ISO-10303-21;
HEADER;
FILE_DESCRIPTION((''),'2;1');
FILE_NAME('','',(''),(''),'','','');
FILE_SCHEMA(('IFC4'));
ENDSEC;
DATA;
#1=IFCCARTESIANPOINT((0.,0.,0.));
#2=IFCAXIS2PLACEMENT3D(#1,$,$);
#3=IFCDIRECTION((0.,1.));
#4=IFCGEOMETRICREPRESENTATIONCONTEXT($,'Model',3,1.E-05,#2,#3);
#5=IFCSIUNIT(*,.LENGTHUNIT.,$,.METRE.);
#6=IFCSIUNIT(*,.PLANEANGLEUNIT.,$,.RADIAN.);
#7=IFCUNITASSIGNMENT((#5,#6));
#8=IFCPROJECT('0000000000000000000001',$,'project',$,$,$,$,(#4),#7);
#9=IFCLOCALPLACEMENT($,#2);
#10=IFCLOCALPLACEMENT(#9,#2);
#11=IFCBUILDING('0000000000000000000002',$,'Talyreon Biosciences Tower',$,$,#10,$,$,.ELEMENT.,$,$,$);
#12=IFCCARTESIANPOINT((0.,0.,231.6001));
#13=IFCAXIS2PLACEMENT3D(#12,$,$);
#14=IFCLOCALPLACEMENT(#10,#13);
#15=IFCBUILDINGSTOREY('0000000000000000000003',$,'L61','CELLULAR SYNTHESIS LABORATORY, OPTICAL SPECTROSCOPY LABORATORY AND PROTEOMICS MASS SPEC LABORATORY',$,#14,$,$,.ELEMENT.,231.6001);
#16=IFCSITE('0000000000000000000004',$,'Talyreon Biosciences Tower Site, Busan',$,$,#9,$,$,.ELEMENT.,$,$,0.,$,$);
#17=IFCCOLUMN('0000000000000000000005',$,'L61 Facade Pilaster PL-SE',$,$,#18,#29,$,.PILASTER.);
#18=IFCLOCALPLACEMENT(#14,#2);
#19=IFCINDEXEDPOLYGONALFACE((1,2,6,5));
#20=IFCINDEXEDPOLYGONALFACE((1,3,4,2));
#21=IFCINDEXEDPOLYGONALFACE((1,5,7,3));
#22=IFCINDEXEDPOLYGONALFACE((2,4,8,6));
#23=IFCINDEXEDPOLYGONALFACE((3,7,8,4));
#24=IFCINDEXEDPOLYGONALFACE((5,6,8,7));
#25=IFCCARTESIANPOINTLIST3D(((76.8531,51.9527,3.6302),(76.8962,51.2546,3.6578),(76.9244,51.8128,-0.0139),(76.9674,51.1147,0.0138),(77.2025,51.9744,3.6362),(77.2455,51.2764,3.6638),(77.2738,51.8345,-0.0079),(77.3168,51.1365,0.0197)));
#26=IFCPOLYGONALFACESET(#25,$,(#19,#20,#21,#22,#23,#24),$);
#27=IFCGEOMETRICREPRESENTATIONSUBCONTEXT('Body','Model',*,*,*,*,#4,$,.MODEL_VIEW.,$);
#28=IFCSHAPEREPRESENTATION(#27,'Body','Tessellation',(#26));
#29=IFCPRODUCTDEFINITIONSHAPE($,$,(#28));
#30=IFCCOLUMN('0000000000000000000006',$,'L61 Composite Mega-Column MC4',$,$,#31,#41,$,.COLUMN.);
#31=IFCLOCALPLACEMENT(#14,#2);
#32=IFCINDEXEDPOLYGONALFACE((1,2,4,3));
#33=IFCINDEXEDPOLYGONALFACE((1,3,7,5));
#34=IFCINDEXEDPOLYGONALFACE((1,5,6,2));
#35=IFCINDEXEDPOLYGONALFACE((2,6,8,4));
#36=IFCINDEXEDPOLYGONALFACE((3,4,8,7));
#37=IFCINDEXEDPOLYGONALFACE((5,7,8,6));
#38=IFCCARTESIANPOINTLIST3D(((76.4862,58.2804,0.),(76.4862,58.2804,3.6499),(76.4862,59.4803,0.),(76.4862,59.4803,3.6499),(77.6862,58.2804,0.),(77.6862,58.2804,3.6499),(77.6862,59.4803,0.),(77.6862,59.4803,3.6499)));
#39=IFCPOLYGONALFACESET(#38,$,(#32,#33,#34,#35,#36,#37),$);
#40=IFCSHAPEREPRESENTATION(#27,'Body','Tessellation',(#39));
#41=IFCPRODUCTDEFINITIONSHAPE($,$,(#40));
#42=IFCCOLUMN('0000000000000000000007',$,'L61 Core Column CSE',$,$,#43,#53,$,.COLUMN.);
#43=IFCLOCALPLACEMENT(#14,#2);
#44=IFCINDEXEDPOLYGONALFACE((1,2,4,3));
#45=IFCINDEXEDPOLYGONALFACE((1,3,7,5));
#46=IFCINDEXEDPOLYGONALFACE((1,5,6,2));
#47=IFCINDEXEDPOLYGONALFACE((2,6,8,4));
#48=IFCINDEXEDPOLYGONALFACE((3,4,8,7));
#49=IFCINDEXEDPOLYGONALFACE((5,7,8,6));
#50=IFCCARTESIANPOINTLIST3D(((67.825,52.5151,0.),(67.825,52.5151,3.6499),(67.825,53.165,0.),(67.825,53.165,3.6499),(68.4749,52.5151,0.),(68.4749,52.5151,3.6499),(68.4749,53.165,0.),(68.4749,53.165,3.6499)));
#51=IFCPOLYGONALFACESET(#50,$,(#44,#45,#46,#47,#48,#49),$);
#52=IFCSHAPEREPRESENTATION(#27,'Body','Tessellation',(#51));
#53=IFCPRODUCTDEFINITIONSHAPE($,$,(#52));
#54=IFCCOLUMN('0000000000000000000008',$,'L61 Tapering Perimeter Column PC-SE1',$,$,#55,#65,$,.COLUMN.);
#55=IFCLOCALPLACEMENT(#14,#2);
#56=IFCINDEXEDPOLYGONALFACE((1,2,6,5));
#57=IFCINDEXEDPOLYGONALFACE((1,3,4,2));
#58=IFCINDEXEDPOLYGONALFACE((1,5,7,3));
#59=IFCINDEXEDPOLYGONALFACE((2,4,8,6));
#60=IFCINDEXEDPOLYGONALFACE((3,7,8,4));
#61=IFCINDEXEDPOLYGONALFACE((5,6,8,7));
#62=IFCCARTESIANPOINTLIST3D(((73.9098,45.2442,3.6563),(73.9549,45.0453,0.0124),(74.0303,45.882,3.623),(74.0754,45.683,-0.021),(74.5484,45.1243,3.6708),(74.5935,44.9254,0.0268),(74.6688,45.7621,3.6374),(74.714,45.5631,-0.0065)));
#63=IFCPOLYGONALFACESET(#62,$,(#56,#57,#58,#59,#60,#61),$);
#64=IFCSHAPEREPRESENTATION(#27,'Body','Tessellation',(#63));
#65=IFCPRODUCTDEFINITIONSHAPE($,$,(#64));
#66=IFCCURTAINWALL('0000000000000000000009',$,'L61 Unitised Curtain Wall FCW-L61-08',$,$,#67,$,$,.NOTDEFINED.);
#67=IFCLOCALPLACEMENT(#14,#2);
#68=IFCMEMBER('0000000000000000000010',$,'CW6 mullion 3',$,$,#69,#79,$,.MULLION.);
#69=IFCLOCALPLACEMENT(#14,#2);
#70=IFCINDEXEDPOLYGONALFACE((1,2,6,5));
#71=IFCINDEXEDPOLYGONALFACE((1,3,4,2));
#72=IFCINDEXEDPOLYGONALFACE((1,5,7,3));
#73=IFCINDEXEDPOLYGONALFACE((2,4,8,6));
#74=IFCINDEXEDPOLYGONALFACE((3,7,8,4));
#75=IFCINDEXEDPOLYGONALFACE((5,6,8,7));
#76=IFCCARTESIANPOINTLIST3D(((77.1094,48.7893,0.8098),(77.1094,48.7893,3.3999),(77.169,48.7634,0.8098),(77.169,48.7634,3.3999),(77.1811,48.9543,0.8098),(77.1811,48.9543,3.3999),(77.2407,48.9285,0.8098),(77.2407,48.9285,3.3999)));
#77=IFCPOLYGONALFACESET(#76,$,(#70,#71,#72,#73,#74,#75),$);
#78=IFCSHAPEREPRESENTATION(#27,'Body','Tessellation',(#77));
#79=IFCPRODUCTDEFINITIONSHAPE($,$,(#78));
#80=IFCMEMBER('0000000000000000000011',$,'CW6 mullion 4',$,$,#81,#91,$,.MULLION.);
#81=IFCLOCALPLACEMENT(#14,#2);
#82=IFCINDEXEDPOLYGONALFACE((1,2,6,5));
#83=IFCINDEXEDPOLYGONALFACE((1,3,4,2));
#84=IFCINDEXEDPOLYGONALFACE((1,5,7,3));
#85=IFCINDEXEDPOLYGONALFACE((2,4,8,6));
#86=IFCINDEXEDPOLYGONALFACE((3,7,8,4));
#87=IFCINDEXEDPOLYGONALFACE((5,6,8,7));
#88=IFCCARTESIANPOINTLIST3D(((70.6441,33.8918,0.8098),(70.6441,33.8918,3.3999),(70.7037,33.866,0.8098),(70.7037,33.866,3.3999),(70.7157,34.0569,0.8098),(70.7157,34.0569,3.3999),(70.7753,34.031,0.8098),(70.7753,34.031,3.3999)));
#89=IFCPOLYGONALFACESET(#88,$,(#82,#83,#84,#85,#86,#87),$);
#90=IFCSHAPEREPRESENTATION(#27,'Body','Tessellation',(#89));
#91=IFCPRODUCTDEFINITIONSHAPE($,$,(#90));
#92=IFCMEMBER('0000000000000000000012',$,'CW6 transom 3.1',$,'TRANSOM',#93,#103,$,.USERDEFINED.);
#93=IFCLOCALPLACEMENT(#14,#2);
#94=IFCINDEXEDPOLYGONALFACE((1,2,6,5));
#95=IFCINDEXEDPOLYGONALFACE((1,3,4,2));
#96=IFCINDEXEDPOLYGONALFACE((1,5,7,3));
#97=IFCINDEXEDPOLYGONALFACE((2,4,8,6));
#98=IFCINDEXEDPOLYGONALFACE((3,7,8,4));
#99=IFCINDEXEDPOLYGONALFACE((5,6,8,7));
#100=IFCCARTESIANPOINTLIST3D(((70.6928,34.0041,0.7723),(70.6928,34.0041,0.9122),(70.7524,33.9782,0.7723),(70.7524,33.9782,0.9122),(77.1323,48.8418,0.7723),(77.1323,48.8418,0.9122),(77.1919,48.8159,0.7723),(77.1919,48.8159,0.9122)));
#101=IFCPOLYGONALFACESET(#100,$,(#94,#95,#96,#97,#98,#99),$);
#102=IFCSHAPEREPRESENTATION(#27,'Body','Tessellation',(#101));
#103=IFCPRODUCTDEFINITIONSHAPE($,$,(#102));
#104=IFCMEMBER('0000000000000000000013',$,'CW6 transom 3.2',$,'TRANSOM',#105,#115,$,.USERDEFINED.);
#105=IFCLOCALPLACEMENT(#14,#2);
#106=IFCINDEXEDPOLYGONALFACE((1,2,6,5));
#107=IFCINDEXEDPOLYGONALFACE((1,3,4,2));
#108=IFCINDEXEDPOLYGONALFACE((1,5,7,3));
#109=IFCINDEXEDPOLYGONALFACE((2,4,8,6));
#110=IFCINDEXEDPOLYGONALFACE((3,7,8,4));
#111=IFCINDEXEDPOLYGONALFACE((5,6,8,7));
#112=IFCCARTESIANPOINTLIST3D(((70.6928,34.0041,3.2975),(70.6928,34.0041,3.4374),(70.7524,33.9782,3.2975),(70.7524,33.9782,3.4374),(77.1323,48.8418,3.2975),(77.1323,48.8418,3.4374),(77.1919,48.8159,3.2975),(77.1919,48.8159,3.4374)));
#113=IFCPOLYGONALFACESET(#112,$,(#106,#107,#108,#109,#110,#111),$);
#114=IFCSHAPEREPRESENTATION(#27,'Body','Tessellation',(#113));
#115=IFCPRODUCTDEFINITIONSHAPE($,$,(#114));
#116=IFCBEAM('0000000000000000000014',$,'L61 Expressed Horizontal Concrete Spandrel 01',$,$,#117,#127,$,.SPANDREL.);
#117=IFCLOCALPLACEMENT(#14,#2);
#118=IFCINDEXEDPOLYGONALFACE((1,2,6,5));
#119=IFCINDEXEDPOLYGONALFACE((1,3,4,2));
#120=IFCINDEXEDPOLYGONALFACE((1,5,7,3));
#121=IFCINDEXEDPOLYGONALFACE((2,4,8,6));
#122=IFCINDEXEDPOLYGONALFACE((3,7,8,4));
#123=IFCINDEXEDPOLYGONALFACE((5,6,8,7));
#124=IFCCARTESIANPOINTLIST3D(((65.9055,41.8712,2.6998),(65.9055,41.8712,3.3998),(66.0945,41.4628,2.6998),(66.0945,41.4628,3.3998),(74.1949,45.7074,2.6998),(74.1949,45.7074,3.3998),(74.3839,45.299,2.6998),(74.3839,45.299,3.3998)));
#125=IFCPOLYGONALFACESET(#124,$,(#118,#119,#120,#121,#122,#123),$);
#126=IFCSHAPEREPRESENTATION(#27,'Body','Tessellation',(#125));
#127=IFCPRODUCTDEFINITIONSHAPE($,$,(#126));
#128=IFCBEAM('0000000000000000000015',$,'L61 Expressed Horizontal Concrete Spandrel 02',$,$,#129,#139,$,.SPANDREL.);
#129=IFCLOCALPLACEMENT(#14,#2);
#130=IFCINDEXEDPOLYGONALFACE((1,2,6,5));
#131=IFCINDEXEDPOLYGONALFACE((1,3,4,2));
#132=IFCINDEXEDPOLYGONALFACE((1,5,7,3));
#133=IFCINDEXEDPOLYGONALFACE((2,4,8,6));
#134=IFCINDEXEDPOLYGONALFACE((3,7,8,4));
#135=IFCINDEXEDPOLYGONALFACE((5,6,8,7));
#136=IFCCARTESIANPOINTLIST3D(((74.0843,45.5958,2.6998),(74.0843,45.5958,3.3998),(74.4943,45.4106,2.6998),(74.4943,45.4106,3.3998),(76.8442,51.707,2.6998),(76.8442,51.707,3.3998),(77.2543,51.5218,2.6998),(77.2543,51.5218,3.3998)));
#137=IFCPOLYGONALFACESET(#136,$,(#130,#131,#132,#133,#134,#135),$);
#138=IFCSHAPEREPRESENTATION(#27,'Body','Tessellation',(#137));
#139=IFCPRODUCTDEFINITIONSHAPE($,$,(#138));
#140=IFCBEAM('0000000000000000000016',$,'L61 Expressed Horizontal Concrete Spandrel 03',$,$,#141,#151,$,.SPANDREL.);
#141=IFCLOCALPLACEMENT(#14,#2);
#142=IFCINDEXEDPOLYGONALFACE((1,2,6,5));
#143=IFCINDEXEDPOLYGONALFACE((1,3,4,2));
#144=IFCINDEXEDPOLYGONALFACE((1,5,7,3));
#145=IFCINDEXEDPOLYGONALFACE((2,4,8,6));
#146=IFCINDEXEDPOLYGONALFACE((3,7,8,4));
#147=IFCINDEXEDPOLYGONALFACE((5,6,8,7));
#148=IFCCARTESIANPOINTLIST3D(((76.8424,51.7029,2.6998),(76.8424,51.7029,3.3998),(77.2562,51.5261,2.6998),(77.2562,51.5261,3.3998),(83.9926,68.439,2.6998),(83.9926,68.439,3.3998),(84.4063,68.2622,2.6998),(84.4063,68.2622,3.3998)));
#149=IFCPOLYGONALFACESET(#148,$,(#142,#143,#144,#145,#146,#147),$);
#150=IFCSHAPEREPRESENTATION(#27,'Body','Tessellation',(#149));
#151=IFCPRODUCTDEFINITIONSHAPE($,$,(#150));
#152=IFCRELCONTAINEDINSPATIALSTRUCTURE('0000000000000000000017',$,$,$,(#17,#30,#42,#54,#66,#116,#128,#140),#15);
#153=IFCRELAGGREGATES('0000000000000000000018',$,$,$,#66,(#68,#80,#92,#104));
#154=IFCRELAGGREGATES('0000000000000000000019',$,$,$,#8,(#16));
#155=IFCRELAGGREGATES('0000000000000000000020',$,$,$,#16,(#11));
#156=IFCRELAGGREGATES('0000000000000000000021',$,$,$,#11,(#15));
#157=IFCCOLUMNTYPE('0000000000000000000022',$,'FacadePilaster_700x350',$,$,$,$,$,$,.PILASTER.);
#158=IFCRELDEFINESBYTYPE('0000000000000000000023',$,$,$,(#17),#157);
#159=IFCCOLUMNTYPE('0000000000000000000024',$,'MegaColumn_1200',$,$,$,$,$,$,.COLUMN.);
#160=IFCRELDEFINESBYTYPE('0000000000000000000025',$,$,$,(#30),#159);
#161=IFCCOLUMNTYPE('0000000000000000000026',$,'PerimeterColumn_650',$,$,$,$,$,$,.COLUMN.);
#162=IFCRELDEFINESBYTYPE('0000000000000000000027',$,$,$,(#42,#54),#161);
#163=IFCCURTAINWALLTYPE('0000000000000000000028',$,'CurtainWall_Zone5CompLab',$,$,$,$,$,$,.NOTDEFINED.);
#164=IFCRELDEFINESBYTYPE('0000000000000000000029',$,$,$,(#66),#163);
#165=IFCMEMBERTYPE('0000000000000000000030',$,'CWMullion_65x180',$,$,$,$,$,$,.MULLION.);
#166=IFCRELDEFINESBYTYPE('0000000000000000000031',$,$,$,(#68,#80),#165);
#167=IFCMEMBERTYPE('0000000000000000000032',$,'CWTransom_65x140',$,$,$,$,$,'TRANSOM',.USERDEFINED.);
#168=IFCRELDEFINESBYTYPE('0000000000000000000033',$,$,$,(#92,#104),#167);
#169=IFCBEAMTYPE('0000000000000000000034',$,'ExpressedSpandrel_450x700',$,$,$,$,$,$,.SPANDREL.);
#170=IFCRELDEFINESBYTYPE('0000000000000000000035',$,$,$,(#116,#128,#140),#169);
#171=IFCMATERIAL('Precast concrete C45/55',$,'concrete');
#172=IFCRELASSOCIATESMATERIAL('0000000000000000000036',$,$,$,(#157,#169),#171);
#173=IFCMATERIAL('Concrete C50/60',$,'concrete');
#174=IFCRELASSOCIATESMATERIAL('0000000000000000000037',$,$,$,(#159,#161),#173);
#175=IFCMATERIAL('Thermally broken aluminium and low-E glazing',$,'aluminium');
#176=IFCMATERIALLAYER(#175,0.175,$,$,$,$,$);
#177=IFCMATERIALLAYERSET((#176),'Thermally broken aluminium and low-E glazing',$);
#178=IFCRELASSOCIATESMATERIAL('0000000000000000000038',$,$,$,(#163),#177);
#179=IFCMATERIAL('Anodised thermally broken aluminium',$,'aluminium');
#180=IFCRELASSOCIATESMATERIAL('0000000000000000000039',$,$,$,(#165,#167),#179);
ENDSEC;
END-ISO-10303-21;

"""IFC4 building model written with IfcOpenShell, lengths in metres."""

from ifc_helpers import new_model, si_unit, direction, frame, origin, origin_2d, place, context, subcontext, project, spatial, rectangle, extrude, material, layer, layer_set, material_profile, profile_set, type_object, element, aggregate, save


model = new_model("IFC4")

# Units and contexts
model_context = context("Model", 3, precision=1e-05, world=origin(), true_north=direction((0.0, 1.0)))
body_context = subcontext(model_context, "Body", "Model", "MODEL_VIEW")
ifc_project = project(units=[si_unit("LENGTHUNIT", "METRE"), si_unit("PLANEANGLEUNIT", "RADIAN")], contexts=[model_context])

# Site, building, storey
site_placement = place(None, origin())
site = spatial("IfcSite", under=ifc_project, at=site_placement, Name="Talyreon Biosciences Tower Site, Busan", CompositionType="ELEMENT", RefElevation=0.0)
building_placement = place(site_placement, origin())
building = spatial("IfcBuilding", under=site, at=building_placement, Name="Talyreon Biosciences Tower", CompositionType="ELEMENT")
storey_placement = place(building_placement, frame((0.0, 0.0, 231.6001)))
storey = spatial("IfcBuildingStorey", under=building, at=storey_placement, Name="L61", Description="CELLULAR SYNTHESIS LABORATORY, OPTICAL SPECTROSCOPY LABORATORY AND PROTEOMICS MASS SPEC LABORATORY", CompositionType="ELEMENT", Elevation=231.6001)

# Columns
ifc_material_1 = material(Name="Precast concrete C45/55", Category="concrete")
ifc_material_profile_1 = material_profile(ifc_material_1, rectangle(XDim=0.7, YDim=0.3501, at=origin_2d()), Name="RC 700x350")
ifc_profile_set_1 = profile_set([ifc_material_profile_1], Name="Precast concrete C45/55")
column_type_1 = type_object("IfcColumnType", Name="FacadePilaster_700x350", PredefinedType="PILASTER", material=ifc_profile_set_1)
column_1_placement = place(storey_placement, frame((77.1206, 51.4746, 0.0029), z_axis=(-0.019545, 0.038354, 0.999073), x_axis=(0.061504, -0.997325, 0.03949)))
element("IfcColumn", 1, at=column_1_placement, inside=storey, type_object=column_type_1, Name="L61 Facade Pilaster PL-SE", PredefinedType="PILASTER", context=body_context, shape_type="SweptSolid", body=[
    extrude(rectangle(XDim=0.7, YDim=0.3501, at=origin_2d()), origin(), (0.0, 0.0, 1.0), 3.6475),
])
ifc_material_2 = material(Name="Concrete C50/60", Category="concrete")
ifc_material_profile_2 = material_profile(ifc_material_2, rectangle(XDim=1.2, YDim=1.2, at=origin_2d()), Name="RC 1200x1200")
ifc_profile_set_2 = profile_set([ifc_material_profile_2], Name="Concrete C50/60")
column_type_2 = type_object("IfcColumnType", Name="MegaColumn_1200", PredefinedType="COLUMN", material=ifc_profile_set_2)
column_2_placement = place(storey_placement, frame((77.0862, 58.8804, 0.0), z_axis=(0.0, 0.0, 1.0), x_axis=(1.0, 0.0, 0.0)))
element("IfcColumn", 2, at=column_2_placement, inside=storey, type_object=column_type_2, Name="L61 Composite Mega-Column MC4", PredefinedType="COLUMN", context=body_context, shape_type="SweptSolid", body=[
    extrude(rectangle(XDim=1.2, YDim=1.2, at=origin_2d()), origin(), (0.0, 0.0, 1.0), 3.6499),
])
ifc_material_profile_3 = material_profile(ifc_material_2, rectangle(XDim=0.6499, YDim=0.6499, at=origin_2d()), Name="RC 650x650")
ifc_profile_set_3 = profile_set([ifc_material_profile_3], Name="Concrete C50/60")
column_type_3 = type_object("IfcColumnType", Name="PerimeterColumn_650", PredefinedType="COLUMN", material=ifc_profile_set_3)
column_3_placement = place(storey_placement, frame((68.1499, 52.8401, 0.0), z_axis=(0.0, 0.0, 1.0), x_axis=(1.0, 0.0, 0.0)))
element("IfcColumn", 3, at=column_3_placement, inside=storey, type_object=column_type_3, Name="L61 Core Column CSE", PredefinedType="COLUMN", context=body_context, shape_type="SweptSolid", body=[
    extrude(rectangle(XDim=0.6499, YDim=0.6499, at=origin_2d()), origin(), (0.0, 0.0, 1.0), 3.6499),
])
column_4_placement = place(storey_placement, frame((74.3345, 45.3042, 0.0029), z_axis=(-0.012375, 0.054517, 0.998436), x_axis=(-0.1854, -0.981324, 0.051285)))
element("IfcColumn", 4, at=column_4_placement, inside=storey, type_object=column_type_3, Name="L61 Tapering Perimeter Column PC-SE1", PredefinedType="COLUMN", context=body_context, shape_type="SweptSolid", body=[
    extrude(rectangle(XDim=0.6499, YDim=0.6499, at=origin_2d()), origin(), (0.0, 0.0, 1.0), 3.6497),
])

# Curtain wall, members
ifc_material_3 = material(Name="Thermally broken aluminium and low-E glazing", Category="aluminium")
ifc_layer_1 = layer(ifc_material_3, 0.175)
ifc_layer_set_1 = layer_set([ifc_layer_1], Name="Thermally broken aluminium and low-E glazing")
curtain_wall_type = type_object("IfcCurtainWallType", Name="CurtainWall_Zone5CompLab", PredefinedType="NOTDEFINED", material=ifc_layer_set_1)
curtain_wall_placement = place(storey_placement, origin())
curtain_wall = element("IfcCurtainWall", 5, at=curtain_wall_placement, inside=storey, type_object=curtain_wall_type, Name="L61 Unitised Curtain Wall FCW-L61-08", PredefinedType="NOTDEFINED")
ifc_material_4 = material(Name="Anodised thermally broken aluminium", Category="aluminium")
ifc_material_profile_4 = material_profile(ifc_material_4, rectangle(XDim=0.0649, YDim=0.1799, at=origin_2d()), Name="ALUM MULLION 65x180")
ifc_profile_set_4 = profile_set([ifc_material_profile_4], Name="Anodised thermally broken aluminium")
member_type_1 = type_object("IfcMemberType", Name="CWMullion_65x180", PredefinedType="MULLION", material=ifc_profile_set_4)
member_1_placement = place(storey_placement, frame((77.175, 48.8589, 0.8098), z_axis=(0.0, 0.0, 1.0), x_axis=(0.917337, -0.398112, 0.0)))
member_1 = element("IfcMember", 6, at=member_1_placement, type_object=member_type_1, Name="CW6 mullion 3", PredefinedType="MULLION", context=body_context, shape_type="SweptSolid", body=[
    extrude(rectangle(XDim=0.0649, YDim=0.1799, at=origin_2d()), origin(), (0.0, 0.0, 1.0), 2.5901),
])
member_2_placement = place(storey_placement, frame((70.7097, 33.9614, 0.8098), z_axis=(0.0, 0.0, 1.0), x_axis=(0.917337, -0.398112, 0.0)))
member_2 = element("IfcMember", 7, at=member_2_placement, type_object=member_type_1, Name="CW6 mullion 4", PredefinedType="MULLION", context=body_context, shape_type="SweptSolid", body=[
    extrude(rectangle(XDim=0.0649, YDim=0.1799, at=origin_2d()), origin(), (0.0, 0.0, 1.0), 2.5901),
])
ifc_material_profile_5 = material_profile(ifc_material_4, rectangle(XDim=0.0649, YDim=0.1399, at=origin_2d()), Name="ALUM TRANSOM 65x140")
ifc_profile_set_5 = profile_set([ifc_material_profile_5], Name="Anodised thermally broken aluminium")
member_type_2 = type_object("IfcMemberType", Name="CWTransom_65x140", ElementType="TRANSOM", PredefinedType="USERDEFINED", material=ifc_profile_set_5)
member_3_placement = place(storey_placement, frame((77.1621, 48.8289, 0.8423), z_axis=(-0.398118, -0.917334, 0.0), x_axis=(0.917334, -0.398118, 0.0)))
member_3 = element("IfcMember", 8, at=member_3_placement, type_object=member_type_2, Name="CW6 transom 3.1", ObjectType="TRANSOM", PredefinedType="USERDEFINED", context=body_context, shape_type="SweptSolid", body=[
    extrude(rectangle(XDim=0.0649, YDim=0.1399, at=origin_2d()), origin(), (0.0, 0.0, 1.0), 16.1748),
])
member_4_placement = place(storey_placement, frame((77.1621, 48.8289, 3.3674), z_axis=(-0.398118, -0.917334, 0.0), x_axis=(0.917334, -0.398118, 0.0)))
member_4 = element("IfcMember", 9, at=member_4_placement, type_object=member_type_2, Name="CW6 transom 3.2", ObjectType="TRANSOM", PredefinedType="USERDEFINED", context=body_context, shape_type="SweptSolid", body=[
    extrude(rectangle(XDim=0.0649, YDim=0.1399, at=origin_2d()), origin(), (0.0, 0.0, 1.0), 16.1748),
])

# Beams
ifc_material_profile_6 = material_profile(ifc_material_1, rectangle(XDim=0.45, YDim=0.7, at=origin_2d()), Name="RCB 450x700")
ifc_profile_set_6 = profile_set([ifc_material_profile_6], Name="Precast concrete C45/55")
beam_type_1 = type_object("IfcBeamType", Name="ExpressedSpandrel_450x700", PredefinedType="SPANDREL", material=ifc_profile_set_6)
beam_1_placement = place(storey_placement, frame((66.0, 41.667, 3.0498), z_axis=(0.907528, 0.419992, 0.0), x_axis=(-0.419992, 0.907528, 0.0)))
element("IfcBeam", 10, at=beam_1_placement, inside=storey, type_object=beam_type_1, Name="L61 Expressed Horizontal Concrete Spandrel 01", PredefinedType="SPANDREL", context=body_context, shape_type="SweptSolid", body=[
    extrude(rectangle(XDim=0.45, YDim=0.7, at=origin_2d()), origin(), (0.0, 0.0, 1.0), 9.134),
])
beam_2_placement = place(storey_placement, frame((74.2893, 45.5032, 3.0498), z_axis=(0.411594, 0.911368, 0.0), x_axis=(-0.911368, 0.411594, 0.0)))
element("IfcBeam", 11, at=beam_2_placement, inside=storey, type_object=beam_type_1, Name="L61 Expressed Horizontal Concrete Spandrel 02", PredefinedType="SPANDREL", context=body_context, shape_type="SweptSolid", body=[
    extrude(rectangle(XDim=0.45, YDim=0.7, at=origin_2d()), origin(), (0.0, 0.0, 1.0), 6.7056),
])
beam_3_placement = place(storey_placement, frame((77.0493, 51.6145, 3.0498), z_axis=(0.392876, 0.919591, 0.0), x_axis=(-0.919591, 0.392876, 0.0)))
element("IfcBeam", 12, at=beam_3_placement, inside=storey, type_object=beam_type_1, Name="L61 Expressed Horizontal Concrete Spandrel 03", PredefinedType="SPANDREL", context=body_context, shape_type="SweptSolid", body=[
    extrude(rectangle(XDim=0.45, YDim=0.7, at=origin_2d()), origin(), (0.0, 0.0, 1.0), 18.1995),
])

aggregate(curtain_wall, [member_1, member_2, member_3, member_4])

save(model, "model.ifc")
